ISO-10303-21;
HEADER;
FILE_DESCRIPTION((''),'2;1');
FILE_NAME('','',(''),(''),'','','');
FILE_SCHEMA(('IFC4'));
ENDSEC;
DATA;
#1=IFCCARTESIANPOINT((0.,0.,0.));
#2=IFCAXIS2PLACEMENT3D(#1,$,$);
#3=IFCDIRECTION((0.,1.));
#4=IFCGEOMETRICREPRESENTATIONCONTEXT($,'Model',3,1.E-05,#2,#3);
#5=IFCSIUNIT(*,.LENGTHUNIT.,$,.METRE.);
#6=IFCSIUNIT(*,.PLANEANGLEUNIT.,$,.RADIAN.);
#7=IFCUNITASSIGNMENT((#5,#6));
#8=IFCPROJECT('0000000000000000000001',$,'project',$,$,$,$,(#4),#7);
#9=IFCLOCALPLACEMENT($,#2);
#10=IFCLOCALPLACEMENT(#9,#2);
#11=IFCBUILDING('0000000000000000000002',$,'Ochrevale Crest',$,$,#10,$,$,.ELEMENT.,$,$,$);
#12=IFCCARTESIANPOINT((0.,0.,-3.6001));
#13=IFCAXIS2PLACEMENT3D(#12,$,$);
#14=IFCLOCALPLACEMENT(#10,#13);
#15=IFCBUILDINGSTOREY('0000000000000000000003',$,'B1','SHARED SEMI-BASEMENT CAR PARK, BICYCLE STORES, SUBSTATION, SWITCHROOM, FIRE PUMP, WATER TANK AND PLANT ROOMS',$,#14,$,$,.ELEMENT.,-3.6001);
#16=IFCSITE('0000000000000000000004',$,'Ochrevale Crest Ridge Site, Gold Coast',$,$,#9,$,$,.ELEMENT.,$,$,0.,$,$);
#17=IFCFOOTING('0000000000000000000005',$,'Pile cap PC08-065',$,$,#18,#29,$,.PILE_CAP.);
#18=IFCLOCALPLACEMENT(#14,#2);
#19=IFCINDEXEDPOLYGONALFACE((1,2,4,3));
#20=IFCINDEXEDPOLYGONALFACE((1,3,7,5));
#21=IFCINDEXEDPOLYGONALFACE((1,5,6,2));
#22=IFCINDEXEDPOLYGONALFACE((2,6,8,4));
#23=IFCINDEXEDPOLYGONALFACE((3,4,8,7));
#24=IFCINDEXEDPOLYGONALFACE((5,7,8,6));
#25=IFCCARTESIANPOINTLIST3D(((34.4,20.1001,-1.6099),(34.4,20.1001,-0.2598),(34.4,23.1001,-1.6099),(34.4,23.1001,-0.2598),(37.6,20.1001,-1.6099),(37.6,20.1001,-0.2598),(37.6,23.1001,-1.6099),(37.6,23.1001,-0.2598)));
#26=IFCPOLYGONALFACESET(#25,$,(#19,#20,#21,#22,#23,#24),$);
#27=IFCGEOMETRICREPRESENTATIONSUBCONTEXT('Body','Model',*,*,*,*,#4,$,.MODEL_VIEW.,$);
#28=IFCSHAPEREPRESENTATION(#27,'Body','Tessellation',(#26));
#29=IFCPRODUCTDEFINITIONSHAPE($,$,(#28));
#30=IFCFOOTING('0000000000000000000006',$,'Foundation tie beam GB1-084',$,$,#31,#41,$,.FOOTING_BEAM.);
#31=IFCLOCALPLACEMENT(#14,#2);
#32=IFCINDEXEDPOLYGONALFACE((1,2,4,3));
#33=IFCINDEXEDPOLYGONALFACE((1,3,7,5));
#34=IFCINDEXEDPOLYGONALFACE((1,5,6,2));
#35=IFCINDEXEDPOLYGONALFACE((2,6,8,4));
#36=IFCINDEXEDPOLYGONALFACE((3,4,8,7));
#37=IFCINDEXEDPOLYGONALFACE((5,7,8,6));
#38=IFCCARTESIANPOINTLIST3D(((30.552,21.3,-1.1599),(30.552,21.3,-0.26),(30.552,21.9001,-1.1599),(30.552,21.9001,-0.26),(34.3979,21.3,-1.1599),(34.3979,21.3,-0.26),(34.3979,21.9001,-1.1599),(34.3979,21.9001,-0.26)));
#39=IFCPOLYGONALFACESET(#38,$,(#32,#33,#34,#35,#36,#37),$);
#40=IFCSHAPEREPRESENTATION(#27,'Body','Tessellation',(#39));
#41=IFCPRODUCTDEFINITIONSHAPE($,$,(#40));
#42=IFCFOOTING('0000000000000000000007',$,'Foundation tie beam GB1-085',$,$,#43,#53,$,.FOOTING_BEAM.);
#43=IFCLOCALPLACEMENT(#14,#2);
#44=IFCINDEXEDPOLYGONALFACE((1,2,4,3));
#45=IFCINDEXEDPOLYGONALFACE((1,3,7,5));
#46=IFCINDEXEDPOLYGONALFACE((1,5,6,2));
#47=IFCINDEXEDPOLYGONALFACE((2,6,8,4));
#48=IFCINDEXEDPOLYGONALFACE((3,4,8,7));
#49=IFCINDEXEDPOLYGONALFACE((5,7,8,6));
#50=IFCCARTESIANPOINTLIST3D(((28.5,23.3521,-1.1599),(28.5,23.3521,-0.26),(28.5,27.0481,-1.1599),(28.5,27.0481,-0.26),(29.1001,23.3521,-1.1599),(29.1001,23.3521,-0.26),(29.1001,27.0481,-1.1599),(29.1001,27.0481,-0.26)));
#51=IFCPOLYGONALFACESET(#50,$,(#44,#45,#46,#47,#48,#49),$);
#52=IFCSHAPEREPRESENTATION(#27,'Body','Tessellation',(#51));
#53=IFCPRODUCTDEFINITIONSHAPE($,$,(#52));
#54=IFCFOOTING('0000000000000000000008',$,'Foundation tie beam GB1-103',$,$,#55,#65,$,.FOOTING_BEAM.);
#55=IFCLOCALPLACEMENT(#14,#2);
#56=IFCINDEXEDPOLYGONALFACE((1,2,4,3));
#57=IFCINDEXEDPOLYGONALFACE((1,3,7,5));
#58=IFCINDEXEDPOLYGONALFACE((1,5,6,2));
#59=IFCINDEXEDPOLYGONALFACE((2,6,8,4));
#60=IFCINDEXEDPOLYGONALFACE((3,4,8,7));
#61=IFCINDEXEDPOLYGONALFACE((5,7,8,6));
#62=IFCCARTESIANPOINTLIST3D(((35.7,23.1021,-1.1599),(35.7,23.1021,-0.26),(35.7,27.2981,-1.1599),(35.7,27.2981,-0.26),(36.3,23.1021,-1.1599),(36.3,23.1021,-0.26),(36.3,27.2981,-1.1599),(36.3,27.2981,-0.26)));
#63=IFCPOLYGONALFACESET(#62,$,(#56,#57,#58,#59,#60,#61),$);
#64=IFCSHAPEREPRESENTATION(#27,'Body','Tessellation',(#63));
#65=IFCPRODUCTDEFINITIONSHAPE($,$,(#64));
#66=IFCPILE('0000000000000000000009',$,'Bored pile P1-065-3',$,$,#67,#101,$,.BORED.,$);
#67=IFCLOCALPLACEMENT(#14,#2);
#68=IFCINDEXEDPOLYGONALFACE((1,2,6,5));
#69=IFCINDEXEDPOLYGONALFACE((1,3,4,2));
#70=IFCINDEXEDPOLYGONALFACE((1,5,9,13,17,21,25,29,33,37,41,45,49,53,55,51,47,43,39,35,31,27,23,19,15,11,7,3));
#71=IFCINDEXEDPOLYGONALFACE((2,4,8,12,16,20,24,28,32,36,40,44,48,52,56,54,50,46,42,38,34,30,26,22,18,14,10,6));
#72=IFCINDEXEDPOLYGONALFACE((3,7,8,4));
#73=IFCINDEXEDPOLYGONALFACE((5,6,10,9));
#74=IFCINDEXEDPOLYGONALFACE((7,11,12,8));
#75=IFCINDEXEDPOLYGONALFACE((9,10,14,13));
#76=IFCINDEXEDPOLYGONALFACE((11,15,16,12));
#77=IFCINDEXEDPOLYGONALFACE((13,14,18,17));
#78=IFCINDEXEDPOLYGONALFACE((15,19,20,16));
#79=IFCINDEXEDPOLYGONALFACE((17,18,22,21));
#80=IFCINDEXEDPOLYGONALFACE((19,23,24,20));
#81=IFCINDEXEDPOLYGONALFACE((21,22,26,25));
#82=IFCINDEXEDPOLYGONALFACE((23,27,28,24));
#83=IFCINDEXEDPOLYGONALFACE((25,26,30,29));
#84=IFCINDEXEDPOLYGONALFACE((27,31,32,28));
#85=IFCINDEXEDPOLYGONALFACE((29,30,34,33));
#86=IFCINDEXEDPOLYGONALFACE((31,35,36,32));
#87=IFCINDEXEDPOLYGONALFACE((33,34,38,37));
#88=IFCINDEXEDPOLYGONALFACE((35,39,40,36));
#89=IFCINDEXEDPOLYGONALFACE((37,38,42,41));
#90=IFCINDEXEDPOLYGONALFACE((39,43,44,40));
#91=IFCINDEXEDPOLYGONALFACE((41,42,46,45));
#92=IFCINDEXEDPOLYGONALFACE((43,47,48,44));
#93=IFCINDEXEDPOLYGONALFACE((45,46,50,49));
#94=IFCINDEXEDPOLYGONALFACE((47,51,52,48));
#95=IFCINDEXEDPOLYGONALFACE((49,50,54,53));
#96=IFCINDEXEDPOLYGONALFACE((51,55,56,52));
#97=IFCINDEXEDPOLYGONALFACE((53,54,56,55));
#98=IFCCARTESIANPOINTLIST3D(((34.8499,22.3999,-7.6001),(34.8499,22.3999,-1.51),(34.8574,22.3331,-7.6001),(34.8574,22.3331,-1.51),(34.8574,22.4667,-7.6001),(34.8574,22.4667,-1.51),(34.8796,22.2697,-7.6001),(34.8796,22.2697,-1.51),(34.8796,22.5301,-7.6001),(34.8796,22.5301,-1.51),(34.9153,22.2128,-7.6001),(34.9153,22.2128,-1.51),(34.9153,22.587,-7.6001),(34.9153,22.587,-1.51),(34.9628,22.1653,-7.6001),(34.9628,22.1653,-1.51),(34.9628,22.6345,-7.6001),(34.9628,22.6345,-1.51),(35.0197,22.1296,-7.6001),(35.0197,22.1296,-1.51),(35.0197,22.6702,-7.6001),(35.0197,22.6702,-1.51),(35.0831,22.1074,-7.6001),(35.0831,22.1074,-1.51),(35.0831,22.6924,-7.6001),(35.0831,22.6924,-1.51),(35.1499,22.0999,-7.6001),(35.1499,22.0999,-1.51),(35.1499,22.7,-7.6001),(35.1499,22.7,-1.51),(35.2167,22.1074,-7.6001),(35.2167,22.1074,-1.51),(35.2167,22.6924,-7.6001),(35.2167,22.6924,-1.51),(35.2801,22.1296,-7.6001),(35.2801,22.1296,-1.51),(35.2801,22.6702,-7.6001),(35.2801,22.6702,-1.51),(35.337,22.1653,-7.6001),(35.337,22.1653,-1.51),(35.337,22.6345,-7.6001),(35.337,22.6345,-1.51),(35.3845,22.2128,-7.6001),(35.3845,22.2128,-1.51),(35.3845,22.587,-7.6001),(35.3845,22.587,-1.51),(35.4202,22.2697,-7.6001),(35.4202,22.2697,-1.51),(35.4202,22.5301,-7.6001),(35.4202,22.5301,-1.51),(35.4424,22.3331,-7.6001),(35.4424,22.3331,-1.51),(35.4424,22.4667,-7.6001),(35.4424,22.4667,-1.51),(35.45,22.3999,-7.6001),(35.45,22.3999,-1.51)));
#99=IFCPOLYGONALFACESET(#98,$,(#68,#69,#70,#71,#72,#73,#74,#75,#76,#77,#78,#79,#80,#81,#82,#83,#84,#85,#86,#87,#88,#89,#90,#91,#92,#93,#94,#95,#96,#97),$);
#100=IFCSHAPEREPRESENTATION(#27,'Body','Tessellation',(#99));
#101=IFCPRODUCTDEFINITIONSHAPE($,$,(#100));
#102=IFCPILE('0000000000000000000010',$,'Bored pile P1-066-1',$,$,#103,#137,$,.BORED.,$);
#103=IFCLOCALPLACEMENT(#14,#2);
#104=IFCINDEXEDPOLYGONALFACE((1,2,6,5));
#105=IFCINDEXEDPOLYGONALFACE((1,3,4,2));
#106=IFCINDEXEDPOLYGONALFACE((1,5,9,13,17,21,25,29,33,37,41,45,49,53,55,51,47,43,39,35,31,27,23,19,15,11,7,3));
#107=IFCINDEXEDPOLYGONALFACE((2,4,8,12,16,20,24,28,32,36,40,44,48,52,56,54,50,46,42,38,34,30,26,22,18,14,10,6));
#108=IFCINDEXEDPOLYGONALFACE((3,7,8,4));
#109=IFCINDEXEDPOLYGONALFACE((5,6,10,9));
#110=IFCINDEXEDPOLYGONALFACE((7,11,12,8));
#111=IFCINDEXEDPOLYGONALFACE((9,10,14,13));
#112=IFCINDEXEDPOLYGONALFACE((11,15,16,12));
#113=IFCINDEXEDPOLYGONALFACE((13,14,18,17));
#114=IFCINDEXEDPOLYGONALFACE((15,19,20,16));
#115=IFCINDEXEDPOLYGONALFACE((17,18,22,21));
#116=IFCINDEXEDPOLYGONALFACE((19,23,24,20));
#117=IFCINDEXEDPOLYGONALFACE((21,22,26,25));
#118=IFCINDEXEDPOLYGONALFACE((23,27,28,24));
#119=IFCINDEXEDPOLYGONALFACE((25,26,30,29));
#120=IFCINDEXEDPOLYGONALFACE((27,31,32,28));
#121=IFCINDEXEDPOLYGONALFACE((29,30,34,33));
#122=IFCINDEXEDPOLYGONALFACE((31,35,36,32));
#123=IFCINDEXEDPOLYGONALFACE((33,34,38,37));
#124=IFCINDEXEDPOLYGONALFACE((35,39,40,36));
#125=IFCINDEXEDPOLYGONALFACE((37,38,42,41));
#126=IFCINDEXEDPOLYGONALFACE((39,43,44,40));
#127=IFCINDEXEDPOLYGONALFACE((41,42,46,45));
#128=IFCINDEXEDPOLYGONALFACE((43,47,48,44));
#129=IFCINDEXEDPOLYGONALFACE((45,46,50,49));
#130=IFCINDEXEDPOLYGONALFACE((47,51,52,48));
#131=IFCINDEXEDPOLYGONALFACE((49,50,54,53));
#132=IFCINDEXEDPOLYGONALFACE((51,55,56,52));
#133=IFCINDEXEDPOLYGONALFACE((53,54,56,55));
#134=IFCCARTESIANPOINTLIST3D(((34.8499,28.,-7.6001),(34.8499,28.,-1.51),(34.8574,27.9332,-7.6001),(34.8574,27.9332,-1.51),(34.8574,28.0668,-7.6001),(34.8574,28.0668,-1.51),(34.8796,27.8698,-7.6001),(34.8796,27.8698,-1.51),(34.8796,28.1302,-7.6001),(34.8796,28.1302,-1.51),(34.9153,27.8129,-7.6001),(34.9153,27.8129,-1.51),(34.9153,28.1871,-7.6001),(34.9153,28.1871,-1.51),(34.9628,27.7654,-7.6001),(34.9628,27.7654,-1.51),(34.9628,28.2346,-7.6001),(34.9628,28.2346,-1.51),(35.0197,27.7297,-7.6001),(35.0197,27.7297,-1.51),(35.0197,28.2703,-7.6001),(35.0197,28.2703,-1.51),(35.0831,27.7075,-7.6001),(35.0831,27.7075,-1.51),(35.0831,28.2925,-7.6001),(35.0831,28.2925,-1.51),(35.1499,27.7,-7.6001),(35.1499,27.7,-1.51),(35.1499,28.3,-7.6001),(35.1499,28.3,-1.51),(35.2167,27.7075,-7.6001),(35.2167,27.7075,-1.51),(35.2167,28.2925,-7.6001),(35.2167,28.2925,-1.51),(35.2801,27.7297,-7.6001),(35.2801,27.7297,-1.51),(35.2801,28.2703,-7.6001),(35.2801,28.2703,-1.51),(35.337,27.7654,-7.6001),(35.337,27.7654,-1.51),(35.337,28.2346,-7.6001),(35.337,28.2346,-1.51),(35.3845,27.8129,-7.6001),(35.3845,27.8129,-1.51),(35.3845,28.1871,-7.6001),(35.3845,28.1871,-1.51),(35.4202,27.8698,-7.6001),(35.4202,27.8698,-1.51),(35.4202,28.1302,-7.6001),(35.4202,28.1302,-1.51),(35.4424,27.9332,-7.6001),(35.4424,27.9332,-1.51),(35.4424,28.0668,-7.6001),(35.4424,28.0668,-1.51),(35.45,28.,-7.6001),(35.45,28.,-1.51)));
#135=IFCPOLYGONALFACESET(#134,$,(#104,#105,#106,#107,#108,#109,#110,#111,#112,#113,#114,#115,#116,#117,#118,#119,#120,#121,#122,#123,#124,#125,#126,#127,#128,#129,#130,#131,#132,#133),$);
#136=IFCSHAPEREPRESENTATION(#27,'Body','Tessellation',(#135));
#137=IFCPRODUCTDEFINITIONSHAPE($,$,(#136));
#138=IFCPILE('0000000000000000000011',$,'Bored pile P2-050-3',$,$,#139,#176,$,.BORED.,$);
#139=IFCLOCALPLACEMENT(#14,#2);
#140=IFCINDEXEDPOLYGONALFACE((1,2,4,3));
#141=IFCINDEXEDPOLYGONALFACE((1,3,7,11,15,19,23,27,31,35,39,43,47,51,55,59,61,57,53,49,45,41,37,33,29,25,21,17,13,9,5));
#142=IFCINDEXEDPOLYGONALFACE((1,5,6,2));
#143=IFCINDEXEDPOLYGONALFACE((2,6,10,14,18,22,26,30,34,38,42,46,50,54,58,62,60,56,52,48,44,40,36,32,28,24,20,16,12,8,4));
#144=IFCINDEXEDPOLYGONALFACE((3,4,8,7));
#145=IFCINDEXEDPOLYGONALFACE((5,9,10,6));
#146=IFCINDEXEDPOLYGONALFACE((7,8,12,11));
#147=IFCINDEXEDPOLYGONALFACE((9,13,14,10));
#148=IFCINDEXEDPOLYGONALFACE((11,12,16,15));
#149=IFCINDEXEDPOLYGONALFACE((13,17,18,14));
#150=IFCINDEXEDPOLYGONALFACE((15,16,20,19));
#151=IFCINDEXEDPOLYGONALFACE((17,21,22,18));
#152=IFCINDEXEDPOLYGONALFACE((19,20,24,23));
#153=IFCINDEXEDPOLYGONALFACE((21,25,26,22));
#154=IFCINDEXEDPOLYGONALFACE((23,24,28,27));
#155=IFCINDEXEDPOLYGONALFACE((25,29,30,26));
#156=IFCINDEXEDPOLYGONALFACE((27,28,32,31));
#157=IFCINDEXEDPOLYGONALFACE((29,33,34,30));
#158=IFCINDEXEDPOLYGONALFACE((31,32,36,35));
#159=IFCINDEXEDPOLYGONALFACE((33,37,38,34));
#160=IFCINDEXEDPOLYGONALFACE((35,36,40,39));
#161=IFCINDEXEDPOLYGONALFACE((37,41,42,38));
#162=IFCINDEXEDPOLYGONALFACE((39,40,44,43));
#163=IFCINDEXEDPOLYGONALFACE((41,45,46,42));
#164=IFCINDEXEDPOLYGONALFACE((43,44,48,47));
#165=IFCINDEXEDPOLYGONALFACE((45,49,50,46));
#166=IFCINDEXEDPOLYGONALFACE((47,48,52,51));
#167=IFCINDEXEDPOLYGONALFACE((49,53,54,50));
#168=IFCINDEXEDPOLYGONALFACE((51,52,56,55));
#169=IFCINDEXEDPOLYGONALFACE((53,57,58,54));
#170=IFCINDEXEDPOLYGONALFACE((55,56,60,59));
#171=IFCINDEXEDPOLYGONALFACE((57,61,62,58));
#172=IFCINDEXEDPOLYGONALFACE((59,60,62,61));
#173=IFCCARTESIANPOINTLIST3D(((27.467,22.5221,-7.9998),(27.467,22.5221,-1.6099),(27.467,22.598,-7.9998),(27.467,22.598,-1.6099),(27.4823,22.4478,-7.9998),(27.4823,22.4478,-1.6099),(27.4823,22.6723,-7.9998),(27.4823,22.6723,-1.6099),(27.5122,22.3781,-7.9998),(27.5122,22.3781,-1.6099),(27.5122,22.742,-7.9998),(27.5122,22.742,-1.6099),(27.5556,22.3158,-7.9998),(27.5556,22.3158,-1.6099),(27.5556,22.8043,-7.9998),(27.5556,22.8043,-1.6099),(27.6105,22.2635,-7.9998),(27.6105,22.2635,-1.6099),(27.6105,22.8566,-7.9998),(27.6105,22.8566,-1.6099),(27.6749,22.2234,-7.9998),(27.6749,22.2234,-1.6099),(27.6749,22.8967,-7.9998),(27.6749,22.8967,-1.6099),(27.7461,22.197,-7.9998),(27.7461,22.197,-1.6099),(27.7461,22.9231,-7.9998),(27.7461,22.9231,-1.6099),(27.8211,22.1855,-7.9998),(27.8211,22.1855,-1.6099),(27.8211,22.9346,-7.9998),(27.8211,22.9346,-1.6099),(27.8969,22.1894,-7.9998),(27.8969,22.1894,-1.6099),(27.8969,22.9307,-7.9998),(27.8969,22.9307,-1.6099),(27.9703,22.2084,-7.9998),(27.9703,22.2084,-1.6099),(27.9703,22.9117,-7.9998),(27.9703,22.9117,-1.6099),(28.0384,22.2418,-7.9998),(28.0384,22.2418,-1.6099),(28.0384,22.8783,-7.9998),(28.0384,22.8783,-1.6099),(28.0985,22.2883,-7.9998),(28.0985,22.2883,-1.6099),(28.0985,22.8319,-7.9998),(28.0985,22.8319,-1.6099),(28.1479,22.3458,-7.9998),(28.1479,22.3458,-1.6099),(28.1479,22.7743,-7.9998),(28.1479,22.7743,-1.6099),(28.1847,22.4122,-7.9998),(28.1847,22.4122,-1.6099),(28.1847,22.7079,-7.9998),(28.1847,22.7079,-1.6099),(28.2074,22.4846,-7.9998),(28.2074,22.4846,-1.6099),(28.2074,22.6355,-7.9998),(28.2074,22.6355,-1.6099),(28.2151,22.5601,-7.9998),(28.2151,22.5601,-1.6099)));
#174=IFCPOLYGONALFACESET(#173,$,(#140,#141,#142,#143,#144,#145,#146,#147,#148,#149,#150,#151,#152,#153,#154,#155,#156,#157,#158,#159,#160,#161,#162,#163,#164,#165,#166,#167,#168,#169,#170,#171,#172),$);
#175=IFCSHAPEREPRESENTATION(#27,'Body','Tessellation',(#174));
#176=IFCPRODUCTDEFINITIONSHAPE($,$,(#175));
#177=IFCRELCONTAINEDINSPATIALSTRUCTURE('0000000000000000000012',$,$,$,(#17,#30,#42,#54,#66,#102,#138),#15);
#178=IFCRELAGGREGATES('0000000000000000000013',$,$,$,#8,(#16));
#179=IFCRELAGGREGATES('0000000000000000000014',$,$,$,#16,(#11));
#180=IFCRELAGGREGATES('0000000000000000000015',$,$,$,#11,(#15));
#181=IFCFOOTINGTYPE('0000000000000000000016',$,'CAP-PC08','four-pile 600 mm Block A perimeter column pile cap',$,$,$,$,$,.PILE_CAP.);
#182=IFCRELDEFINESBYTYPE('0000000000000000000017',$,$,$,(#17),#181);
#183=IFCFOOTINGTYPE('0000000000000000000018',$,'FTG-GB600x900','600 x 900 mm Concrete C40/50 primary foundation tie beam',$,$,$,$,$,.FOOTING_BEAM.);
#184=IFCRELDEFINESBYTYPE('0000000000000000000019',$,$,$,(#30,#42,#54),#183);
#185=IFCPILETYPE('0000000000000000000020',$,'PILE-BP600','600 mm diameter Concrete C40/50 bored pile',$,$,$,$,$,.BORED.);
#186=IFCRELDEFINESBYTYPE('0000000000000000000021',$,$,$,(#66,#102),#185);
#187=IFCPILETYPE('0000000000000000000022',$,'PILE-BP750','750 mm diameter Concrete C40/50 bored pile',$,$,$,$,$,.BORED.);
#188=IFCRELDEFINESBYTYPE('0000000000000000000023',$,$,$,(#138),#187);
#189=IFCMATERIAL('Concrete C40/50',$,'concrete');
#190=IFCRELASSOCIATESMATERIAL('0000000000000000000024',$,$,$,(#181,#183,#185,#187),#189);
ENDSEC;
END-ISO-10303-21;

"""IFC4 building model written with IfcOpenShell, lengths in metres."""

from ifc_helpers import new_model, si_unit, direction, frame, origin, origin_2d, place, context, subcontext, project, spatial, rectangle, circle, extrude, material, material_profile, profile_set, type_object, element, save


model = new_model("IFC4")

# Units and contexts
model_context = context("Model", 3, precision=1e-05, world=origin(), true_north=direction((0.0, 1.0)))
body_context = subcontext(model_context, "Body", "Model", "MODEL_VIEW")
ifc_project = project(units=[si_unit("LENGTHUNIT", "METRE"), si_unit("PLANEANGLEUNIT", "RADIAN")], contexts=[model_context])

# Site, building, storey
site_placement = place(None, origin())
site = spatial("IfcSite", under=ifc_project, at=site_placement, Name="Ochrevale Crest Ridge Site, Gold Coast", CompositionType="ELEMENT", RefElevation=0.0)
building_placement = place(site_placement, origin())
building = spatial("IfcBuilding", under=site, at=building_placement, Name="Ochrevale Crest", CompositionType="ELEMENT")
storey_placement = place(building_placement, frame((0.0, 0.0, -3.6001)))
storey = spatial("IfcBuildingStorey", under=building, at=storey_placement, Name="B1", Description="SHARED SEMI-BASEMENT CAR PARK, BICYCLE STORES, SUBSTATION, SWITCHROOM, FIRE PUMP, WATER TANK AND PLANT ROOMS", CompositionType="ELEMENT", Elevation=-3.6001)

# Footings
ifc_material_1 = material(Name="Concrete C40/50", Category="concrete")
footing_type_1 = type_object("IfcFootingType", Name="CAP-PC08", Description="four-pile 600 mm Block A perimeter column pile cap", PredefinedType="PILE_CAP", material=ifc_material_1)
footing_1_placement = place(storey_placement, frame((36.0, 21.6001, -1.6099), z_axis=(0.0, 0.0, 1.0), x_axis=(1.0, 0.0, 0.0)))
element("IfcFooting", 1, at=footing_1_placement, inside=storey, type_object=footing_type_1, Name="Pile cap PC08-065", PredefinedType="PILE_CAP", context=body_context, shape_type="SweptSolid", body=[
    extrude(rectangle(XDim=3.2, YDim=3.0, at=origin_2d()), origin(), (0.0, 0.0, 1.0), 1.3501),
])
ifc_material_profile_1 = material_profile(ifc_material_1, rectangle(XDim=0.6001, YDim=0.8999, at=origin_2d()), Name="GB 600x900")
ifc_profile_set_1 = profile_set([ifc_material_profile_1], Name="Concrete C40/50")
footing_type_2 = type_object("IfcFootingType", Name="FTG-GB600x900", Description="600 x 900 mm Concrete C40/50 primary foundation tie beam", PredefinedType="FOOTING_BEAM", material=ifc_profile_set_1)
footing_2_placement = place(storey_placement, frame((30.552, 21.6001, -0.71), z_axis=(1.0, 0.0, 0.0), x_axis=(0.0, 1.0, 0.0)))
element("IfcFooting", 2, at=footing_2_placement, inside=storey, type_object=footing_type_2, Name="Foundation tie beam GB1-084", PredefinedType="FOOTING_BEAM", context=body_context, shape_type="SweptSolid", body=[
    extrude(rectangle(XDim=0.6001, YDim=0.8999, at=origin_2d()), origin(), (0.0, 0.0, 1.0), 3.8459),
])
footing_3_placement = place(storey_placement, frame((28.8, 23.3521, -0.71), z_axis=(0.0, 1.0, 0.0), x_axis=(-1.0, 0.0, 0.0)))
element("IfcFooting", 3, at=footing_3_placement, inside=storey, type_object=footing_type_2, Name="Foundation tie beam GB1-085", PredefinedType="FOOTING_BEAM", context=body_context, shape_type="SweptSolid", body=[
    extrude(rectangle(XDim=0.6001, YDim=0.8999, at=origin_2d()), origin(), (0.0, 0.0, 1.0), 3.696),
])
footing_4_placement = place(storey_placement, frame((36.0, 23.1021, -0.71), z_axis=(0.0, 1.0, 0.0), x_axis=(-1.0, 0.0, 0.0)))
element("IfcFooting", 4, at=footing_4_placement, inside=storey, type_object=footing_type_2, Name="Foundation tie beam GB1-103", PredefinedType="FOOTING_BEAM", context=body_context, shape_type="SweptSolid", body=[
    extrude(rectangle(XDim=0.6001, YDim=0.8999, at=origin_2d()), origin(), (0.0, 0.0, 1.0), 4.196),
])

# Piles
ifc_material_profile_2 = material_profile(ifc_material_1, circle(Radius=0.3, at=origin_2d()), Name="BORED PILE 600")
ifc_profile_set_2 = profile_set([ifc_material_profile_2], Name="Concrete C40/50")
pile_type_1 = type_object("IfcPileType", Name="PILE-BP600", Description="600 mm diameter Concrete C40/50 bored pile", PredefinedType="BORED", material=ifc_profile_set_2)
for number, where, z_axis, x_axis, name in (
    (5, (35.1499, 22.3999, -1.51), (0.0, 0.0, -1.0), (1.0, 0.0, 0.0), "Bored pile P1-065-3"),
    (6, (35.1499, 28.0, -1.51), (0.0, 0.0, -1.0), (1.0, 0.0, 0.0), "Bored pile P1-066-1"),
):
    element("IfcPile", number, at=place(storey_placement, frame(where, z_axis=z_axis, x_axis=x_axis)), inside=storey, type_object=pile_type_1, Name=name, PredefinedType="BORED", context=body_context, shape_type="SweptSolid", body=[
        extrude(circle(Radius=0.3, at=origin_2d()), origin(), (0.0, 0.0, 1.0), 6.0901),
    ])
ifc_material_profile_3 = material_profile(ifc_material_1, circle(Radius=0.375, at=origin_2d()), Name="BORED PILE 750")
ifc_profile_set_3 = profile_set([ifc_material_profile_3], Name="Concrete C40/50")
pile_type_2 = type_object("IfcPileType", Name="PILE-BP750", Description="750 mm diameter Concrete C40/50 bored pile", PredefinedType="BORED", material=ifc_profile_set_3)
for number, where, z_axis, x_axis, name in (
    (7, (27.8401, 22.5601, -1.6099), (0.0, 0.0, -1.0), (1.0, 0.0, 0.0), "Bored pile P2-050-3"),
):
    element("IfcPile", number, at=place(storey_placement, frame(where, z_axis=z_axis, x_axis=x_axis)), inside=storey, type_object=pile_type_2, Name=name, PredefinedType="BORED", context=body_context, shape_type="SweptSolid", body=[
        extrude(circle(Radius=0.375, at=origin_2d()), origin(), (0.0, 0.0, 1.0), 6.3899),
    ])

save(model, "model.ifc")
